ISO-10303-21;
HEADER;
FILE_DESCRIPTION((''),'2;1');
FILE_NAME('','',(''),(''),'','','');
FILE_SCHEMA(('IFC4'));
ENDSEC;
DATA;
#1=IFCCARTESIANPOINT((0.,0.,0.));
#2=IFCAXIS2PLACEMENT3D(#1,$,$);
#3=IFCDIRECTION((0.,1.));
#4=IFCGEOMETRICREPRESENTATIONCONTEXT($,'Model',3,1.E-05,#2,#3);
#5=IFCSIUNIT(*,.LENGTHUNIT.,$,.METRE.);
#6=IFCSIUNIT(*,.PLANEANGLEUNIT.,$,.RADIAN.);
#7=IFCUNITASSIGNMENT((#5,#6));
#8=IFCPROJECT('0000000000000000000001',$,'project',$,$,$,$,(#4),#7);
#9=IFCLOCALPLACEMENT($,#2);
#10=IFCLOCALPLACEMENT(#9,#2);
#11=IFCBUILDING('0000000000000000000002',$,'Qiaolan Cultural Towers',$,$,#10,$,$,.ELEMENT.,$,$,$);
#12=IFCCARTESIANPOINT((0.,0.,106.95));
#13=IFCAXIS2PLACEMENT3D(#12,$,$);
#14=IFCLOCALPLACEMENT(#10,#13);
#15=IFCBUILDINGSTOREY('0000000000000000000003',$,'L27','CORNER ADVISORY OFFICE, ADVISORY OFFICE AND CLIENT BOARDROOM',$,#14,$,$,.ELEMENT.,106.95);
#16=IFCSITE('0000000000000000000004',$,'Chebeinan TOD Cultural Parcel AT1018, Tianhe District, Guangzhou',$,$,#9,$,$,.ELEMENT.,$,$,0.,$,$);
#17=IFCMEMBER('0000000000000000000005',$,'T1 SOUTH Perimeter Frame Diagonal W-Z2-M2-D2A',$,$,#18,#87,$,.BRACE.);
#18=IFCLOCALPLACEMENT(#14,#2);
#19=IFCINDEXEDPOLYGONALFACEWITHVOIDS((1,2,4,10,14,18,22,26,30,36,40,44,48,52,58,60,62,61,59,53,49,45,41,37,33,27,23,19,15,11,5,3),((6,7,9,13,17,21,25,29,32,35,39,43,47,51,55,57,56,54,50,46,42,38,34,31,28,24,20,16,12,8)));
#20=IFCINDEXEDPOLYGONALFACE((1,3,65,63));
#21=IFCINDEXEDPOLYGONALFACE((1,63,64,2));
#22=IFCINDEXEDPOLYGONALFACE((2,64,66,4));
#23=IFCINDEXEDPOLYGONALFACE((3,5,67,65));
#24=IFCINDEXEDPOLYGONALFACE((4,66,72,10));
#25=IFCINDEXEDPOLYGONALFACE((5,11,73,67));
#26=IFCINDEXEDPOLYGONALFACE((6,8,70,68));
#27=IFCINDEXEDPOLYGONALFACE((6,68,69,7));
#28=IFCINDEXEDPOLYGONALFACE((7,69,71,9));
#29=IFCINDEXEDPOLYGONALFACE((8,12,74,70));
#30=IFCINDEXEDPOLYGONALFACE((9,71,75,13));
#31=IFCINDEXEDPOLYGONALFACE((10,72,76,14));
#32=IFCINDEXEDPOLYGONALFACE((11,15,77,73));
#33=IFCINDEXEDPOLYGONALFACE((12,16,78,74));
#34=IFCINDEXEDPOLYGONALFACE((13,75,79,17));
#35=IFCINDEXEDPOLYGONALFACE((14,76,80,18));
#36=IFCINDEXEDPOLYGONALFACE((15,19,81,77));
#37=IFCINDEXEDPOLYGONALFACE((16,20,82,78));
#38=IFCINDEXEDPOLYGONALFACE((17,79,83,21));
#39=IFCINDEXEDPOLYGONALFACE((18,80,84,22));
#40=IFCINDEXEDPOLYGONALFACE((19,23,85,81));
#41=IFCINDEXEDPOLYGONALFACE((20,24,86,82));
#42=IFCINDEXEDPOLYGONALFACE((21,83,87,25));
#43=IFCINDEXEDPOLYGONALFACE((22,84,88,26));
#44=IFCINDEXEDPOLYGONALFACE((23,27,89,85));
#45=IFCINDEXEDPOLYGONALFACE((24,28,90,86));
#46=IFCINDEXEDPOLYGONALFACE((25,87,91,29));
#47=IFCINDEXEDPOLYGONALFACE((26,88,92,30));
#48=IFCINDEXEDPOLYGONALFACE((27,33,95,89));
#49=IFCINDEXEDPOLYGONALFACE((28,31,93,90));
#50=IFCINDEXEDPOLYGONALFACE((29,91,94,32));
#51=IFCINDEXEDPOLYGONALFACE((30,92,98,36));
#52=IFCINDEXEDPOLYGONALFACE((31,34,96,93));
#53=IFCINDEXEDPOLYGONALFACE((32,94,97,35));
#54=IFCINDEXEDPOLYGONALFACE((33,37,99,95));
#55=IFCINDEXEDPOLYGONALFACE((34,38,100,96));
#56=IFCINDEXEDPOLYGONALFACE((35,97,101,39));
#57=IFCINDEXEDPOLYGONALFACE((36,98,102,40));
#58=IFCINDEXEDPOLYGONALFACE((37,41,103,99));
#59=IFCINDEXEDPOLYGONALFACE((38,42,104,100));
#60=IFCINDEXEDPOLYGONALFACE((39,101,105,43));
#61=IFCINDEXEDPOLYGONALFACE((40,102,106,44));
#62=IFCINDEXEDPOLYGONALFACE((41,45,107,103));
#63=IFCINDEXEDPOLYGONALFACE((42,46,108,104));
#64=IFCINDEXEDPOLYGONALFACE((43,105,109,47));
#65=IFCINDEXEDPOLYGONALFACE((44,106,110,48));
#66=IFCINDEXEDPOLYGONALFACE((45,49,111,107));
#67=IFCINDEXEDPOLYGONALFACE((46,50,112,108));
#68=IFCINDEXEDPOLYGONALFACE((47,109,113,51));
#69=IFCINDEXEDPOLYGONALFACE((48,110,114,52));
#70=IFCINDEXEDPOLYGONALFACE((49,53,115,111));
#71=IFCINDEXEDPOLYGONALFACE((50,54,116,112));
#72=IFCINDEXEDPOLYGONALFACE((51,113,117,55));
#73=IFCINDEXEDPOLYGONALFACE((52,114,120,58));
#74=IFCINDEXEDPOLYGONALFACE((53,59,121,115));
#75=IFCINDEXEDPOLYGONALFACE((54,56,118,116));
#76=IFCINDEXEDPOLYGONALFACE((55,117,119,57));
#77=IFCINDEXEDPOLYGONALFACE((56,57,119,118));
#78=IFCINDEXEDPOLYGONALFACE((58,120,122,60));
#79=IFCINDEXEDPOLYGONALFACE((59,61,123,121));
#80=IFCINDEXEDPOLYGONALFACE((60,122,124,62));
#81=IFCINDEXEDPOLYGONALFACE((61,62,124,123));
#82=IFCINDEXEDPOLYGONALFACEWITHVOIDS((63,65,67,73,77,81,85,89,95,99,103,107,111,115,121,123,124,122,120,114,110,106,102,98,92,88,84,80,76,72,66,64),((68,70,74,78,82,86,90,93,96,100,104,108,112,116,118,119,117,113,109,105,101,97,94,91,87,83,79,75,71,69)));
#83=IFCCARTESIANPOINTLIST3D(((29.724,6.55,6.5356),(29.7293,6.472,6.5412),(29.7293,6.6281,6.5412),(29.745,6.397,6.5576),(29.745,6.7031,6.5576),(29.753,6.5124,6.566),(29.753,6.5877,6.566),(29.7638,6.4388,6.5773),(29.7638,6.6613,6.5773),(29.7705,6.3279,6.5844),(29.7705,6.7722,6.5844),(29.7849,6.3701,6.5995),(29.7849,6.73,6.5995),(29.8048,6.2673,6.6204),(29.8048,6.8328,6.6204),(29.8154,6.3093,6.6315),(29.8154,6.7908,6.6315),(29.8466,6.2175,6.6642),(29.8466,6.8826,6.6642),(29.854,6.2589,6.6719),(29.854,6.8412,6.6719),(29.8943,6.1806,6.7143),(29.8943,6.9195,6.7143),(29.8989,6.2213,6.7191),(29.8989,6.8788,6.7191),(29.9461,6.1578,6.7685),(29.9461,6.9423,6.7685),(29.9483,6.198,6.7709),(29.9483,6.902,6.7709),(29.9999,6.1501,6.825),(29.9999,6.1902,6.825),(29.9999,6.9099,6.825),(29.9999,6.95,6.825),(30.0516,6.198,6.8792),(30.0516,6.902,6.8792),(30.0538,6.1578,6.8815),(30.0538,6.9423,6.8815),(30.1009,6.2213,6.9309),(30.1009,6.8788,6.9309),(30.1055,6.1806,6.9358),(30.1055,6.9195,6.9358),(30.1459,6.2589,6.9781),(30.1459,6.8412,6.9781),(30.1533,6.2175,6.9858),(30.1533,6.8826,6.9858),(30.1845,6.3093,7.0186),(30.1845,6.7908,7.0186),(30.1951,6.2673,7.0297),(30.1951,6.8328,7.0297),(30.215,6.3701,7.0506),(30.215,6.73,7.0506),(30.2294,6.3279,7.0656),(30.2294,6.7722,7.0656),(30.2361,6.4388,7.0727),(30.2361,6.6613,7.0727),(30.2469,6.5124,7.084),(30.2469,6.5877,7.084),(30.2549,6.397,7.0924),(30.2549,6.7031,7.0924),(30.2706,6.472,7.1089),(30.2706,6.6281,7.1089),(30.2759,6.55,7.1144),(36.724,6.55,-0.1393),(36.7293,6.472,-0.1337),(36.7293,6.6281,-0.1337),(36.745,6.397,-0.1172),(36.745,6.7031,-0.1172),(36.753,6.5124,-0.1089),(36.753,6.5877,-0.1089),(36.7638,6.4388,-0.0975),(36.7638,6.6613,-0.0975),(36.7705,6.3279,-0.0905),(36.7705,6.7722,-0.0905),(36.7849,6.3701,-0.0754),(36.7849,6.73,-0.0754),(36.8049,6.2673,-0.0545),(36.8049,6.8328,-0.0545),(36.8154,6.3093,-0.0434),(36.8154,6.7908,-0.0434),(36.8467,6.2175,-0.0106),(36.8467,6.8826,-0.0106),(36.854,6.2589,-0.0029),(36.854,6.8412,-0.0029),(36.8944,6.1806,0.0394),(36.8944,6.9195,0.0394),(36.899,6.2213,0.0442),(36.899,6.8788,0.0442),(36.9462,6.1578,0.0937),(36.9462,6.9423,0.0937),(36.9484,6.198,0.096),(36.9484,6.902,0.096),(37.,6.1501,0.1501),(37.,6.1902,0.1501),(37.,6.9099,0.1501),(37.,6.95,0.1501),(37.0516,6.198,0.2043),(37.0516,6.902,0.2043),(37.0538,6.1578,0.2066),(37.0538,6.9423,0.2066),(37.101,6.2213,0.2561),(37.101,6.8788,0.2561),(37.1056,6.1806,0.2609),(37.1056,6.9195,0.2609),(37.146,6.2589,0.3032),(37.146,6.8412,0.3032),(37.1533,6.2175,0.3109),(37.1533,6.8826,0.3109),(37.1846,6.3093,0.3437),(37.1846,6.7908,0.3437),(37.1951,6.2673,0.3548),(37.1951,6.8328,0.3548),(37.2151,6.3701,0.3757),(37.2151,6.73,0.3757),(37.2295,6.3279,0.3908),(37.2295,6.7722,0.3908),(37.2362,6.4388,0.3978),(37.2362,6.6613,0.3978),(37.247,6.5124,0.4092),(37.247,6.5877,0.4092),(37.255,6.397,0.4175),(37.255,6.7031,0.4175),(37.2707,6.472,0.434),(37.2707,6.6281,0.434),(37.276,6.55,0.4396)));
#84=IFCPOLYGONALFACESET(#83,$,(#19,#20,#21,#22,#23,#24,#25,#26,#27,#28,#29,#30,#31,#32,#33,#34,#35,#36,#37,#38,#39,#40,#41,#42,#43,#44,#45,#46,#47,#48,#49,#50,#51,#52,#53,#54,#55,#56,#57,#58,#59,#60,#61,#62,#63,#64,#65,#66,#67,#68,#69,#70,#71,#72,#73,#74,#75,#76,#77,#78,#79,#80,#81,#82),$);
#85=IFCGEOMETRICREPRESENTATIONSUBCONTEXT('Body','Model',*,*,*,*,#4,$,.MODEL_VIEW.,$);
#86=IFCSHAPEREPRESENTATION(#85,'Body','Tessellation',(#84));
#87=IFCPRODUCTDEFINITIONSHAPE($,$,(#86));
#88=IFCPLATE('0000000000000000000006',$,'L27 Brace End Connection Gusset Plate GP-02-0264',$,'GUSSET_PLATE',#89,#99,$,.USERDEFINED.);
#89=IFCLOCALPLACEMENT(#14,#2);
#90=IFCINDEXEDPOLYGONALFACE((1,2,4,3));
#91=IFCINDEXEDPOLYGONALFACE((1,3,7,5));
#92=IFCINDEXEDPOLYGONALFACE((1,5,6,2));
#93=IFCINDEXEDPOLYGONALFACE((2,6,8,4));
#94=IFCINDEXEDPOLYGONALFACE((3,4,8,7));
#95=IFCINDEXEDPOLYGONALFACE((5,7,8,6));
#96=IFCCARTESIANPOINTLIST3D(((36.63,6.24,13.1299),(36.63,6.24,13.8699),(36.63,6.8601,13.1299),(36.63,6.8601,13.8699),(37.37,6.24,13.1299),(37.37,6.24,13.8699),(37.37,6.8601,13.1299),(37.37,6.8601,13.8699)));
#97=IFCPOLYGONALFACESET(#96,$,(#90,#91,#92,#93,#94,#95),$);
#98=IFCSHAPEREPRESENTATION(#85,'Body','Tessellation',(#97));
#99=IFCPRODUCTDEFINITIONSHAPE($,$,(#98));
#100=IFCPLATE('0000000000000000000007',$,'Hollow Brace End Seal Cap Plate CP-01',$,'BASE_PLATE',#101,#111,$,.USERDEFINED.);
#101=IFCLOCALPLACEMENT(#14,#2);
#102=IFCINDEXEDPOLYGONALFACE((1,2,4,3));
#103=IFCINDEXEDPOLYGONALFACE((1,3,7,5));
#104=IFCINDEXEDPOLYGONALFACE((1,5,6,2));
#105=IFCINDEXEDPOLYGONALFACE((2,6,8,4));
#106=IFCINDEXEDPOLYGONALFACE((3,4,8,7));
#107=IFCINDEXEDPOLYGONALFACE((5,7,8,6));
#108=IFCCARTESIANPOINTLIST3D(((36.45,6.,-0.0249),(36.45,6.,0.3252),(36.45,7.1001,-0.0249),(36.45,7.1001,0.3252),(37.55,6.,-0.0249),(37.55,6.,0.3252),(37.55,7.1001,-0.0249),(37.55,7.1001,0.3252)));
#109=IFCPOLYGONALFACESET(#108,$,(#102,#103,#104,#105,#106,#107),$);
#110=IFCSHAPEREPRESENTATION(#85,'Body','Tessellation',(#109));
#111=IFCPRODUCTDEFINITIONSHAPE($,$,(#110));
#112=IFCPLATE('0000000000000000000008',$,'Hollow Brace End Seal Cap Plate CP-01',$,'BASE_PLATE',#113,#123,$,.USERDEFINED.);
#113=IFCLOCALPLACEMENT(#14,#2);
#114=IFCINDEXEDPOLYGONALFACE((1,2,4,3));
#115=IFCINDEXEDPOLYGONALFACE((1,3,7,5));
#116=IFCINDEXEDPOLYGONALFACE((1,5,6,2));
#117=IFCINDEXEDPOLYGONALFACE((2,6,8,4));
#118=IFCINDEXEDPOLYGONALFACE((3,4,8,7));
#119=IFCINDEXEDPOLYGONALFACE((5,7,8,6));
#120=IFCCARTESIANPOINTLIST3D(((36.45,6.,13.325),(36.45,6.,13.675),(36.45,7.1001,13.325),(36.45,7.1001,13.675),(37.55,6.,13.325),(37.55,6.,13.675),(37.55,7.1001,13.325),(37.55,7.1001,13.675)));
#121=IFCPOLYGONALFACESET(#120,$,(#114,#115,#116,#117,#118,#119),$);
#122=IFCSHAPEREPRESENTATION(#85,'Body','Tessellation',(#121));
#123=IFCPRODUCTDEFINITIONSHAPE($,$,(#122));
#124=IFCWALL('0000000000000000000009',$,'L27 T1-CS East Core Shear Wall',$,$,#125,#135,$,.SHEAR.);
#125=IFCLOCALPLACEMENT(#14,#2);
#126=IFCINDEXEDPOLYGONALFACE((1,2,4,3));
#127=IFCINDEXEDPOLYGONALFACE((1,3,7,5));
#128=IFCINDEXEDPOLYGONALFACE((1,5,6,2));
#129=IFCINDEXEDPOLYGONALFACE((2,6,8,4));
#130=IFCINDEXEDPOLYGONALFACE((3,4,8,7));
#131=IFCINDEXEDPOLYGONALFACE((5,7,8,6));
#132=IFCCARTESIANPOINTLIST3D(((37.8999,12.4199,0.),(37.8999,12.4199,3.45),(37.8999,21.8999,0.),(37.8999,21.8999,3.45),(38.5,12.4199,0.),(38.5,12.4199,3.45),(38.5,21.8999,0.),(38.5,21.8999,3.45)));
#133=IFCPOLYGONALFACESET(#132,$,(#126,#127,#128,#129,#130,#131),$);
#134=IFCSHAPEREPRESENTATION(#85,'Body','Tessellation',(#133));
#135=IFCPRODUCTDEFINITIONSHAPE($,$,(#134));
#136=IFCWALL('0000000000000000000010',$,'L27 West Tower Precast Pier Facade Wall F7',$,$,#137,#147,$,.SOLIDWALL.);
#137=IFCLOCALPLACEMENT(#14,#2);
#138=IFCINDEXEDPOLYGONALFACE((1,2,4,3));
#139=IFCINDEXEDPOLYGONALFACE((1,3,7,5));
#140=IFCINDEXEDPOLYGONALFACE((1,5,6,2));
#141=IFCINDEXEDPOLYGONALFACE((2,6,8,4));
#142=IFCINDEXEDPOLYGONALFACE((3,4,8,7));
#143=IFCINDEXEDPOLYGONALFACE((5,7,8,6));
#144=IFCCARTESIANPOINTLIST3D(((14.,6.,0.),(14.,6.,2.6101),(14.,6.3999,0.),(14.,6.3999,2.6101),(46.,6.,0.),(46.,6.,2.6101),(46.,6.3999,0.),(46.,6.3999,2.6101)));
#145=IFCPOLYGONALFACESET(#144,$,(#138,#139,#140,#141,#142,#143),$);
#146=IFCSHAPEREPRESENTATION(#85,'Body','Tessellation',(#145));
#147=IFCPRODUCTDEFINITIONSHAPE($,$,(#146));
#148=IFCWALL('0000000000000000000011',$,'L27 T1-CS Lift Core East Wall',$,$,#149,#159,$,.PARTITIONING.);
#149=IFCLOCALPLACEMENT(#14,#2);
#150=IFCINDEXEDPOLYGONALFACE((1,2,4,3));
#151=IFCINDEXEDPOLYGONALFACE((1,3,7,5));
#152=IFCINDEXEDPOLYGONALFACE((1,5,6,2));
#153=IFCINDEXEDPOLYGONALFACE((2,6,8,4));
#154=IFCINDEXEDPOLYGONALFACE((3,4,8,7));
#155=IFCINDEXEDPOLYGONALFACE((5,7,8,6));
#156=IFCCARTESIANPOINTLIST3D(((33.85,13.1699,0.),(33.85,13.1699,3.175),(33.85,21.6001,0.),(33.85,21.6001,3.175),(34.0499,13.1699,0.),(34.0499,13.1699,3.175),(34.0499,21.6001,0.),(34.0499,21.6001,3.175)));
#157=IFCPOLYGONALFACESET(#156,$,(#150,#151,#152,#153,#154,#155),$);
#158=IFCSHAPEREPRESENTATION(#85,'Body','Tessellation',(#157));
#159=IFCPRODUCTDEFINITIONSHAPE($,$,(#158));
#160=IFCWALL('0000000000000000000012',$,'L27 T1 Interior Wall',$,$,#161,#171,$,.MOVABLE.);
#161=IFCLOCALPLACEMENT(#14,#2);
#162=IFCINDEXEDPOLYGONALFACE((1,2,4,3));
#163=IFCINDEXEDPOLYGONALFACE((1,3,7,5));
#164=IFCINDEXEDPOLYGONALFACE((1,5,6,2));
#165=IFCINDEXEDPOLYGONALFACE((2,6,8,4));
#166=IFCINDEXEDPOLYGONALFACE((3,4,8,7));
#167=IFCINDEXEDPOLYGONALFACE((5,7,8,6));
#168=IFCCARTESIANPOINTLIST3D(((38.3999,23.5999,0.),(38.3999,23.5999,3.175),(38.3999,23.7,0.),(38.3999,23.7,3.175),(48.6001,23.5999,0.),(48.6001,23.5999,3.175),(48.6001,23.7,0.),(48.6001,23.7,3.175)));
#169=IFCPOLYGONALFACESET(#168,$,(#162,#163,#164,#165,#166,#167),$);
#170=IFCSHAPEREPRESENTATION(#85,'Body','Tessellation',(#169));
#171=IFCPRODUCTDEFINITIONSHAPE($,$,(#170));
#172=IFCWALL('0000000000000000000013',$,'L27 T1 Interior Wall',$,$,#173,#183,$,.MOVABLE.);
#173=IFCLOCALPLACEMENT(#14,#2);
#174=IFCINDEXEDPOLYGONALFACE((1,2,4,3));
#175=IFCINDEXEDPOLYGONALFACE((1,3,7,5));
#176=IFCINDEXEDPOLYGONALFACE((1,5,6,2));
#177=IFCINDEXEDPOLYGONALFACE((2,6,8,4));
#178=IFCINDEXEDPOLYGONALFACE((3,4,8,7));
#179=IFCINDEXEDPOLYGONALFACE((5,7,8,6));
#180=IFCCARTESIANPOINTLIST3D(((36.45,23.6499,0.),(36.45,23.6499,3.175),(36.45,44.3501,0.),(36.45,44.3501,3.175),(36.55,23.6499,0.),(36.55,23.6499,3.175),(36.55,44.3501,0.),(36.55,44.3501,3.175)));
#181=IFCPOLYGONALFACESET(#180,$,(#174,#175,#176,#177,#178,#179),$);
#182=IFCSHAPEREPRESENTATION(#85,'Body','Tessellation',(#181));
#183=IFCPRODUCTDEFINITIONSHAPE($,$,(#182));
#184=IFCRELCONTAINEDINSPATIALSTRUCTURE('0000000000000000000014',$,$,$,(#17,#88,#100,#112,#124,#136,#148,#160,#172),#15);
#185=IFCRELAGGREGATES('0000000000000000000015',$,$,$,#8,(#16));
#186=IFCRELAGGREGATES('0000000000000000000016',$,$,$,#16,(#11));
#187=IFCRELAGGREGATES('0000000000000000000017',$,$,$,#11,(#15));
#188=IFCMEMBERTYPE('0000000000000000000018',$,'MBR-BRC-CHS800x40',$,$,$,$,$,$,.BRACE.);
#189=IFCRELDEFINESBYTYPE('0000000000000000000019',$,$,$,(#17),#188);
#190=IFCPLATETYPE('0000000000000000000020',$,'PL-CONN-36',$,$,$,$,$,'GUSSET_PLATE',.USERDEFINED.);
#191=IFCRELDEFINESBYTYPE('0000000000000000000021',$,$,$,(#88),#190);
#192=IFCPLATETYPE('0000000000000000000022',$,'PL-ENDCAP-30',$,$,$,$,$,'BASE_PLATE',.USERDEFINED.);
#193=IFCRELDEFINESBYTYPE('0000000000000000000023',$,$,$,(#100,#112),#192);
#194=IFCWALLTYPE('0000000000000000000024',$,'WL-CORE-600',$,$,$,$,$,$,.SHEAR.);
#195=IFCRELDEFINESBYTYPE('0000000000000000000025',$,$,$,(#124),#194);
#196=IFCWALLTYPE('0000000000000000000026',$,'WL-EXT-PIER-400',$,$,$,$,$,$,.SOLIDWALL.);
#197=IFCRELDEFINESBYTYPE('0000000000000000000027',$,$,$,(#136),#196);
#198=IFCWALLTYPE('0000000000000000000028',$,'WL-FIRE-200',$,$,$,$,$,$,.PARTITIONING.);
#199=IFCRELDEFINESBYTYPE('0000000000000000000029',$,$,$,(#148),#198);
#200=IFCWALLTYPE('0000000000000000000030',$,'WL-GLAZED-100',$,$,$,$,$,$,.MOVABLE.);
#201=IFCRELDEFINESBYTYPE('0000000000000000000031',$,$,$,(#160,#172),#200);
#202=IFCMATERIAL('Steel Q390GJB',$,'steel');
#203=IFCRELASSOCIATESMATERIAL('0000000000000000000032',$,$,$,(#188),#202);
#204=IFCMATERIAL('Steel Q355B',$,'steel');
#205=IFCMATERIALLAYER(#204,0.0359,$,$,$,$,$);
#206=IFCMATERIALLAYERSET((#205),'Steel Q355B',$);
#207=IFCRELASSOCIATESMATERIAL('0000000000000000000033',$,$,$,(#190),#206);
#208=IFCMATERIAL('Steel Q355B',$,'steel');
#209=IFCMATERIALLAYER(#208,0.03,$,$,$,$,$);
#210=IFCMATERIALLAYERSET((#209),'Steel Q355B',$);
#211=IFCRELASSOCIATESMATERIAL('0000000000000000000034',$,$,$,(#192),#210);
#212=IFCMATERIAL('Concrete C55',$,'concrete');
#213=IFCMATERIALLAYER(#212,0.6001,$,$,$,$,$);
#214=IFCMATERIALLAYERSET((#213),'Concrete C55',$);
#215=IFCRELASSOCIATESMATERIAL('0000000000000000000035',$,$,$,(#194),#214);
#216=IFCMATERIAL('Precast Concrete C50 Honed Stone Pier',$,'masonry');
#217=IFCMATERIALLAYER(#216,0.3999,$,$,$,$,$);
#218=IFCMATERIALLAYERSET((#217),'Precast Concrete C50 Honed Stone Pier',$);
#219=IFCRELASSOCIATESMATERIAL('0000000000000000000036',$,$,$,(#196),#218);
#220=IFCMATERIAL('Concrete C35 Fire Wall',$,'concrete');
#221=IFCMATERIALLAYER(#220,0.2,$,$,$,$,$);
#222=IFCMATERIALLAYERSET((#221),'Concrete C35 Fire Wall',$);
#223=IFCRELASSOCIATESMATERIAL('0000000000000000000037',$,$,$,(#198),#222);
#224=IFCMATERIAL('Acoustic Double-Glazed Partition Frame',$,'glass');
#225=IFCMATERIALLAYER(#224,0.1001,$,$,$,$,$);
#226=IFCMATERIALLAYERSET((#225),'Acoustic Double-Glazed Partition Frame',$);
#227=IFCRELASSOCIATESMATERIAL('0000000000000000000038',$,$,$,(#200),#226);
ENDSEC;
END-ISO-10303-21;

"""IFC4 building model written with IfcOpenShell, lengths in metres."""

from ifc_helpers import new_model, si_unit, direction, frame, frame_2d, origin, origin_2d, place, context, subcontext, project, spatial, rectangle, hollow_circle, extrude, material, layer, layer_set, material_profile, profile_set, type_object, element, save


model = new_model("IFC4")

# Units and contexts
model_context = context("Model", 3, precision=1e-05, world=origin(), true_north=direction((0.0, 1.0)))
body_context = subcontext(model_context, "Body", "Model", "MODEL_VIEW")
ifc_project = project(units=[si_unit("LENGTHUNIT", "METRE"), si_unit("PLANEANGLEUNIT", "RADIAN")], contexts=[model_context])

# Site, building, storey
site_placement = place(None, origin())
site = spatial("IfcSite", under=ifc_project, at=site_placement, Name="Chebeinan TOD Cultural Parcel AT1018, Tianhe District, Guangzhou", CompositionType="ELEMENT", RefElevation=0.0)
building_placement = place(site_placement, origin())
building = spatial("IfcBuilding", under=site, at=building_placement, Name="Qiaolan Cultural Towers", CompositionType="ELEMENT")
storey_placement = place(building_placement, frame((0.0, 0.0, 106.95)))
storey = spatial("IfcBuildingStorey", under=building, at=storey_placement, Name="L27", Description="CORNER ADVISORY OFFICE, ADVISORY OFFICE AND CLIENT BOARDROOM", CompositionType="ELEMENT", Elevation=106.95)

# Member
ifc_material_1 = material(Name="Steel Q390GJB", Category="steel")
ifc_material_profile_1 = material_profile(ifc_material_1, hollow_circle(Radius=0.3999, WallThickness=0.04, at=origin_2d()), Name="CHS800x40")
ifc_profile_set_1 = profile_set([ifc_material_profile_1], Name="Steel Q390GJB")
member_type = type_object("IfcMemberType", Name="MBR-BRC-CHS800x40", PredefinedType="BRACE", material=ifc_profile_set_1)
member_placement = place(storey_placement, frame((37.0, 6.55, 0.1501), z_axis=(-0.723718, 0.0, 0.690096), x_axis=(0.0, -1.0, 0.0)))
element("IfcMember", 1, at=member_placement, inside=storey, type_object=member_type, Name="T1 SOUTH Perimeter Frame Diagonal W-Z2-M2-D2A", PredefinedType="BRACE", context=body_context, shape_type="SweptSolid", body=[
    extrude(hollow_circle(Radius=0.3999, WallThickness=0.04, at=origin_2d()), origin(), (0.0, 0.0, 1.0), 9.6724),
])

# Plates
ifc_material_2 = material(Name="Steel Q355B", Category="steel")
ifc_layer_1 = layer(ifc_material_2, 0.0359)
ifc_layer_set_1 = layer_set([ifc_layer_1], Name="Steel Q355B")
plate_type_1 = type_object("IfcPlateType", Name="PL-CONN-36", ElementType="GUSSET_PLATE", PredefinedType="USERDEFINED", material=ifc_layer_set_1)
plate_placement = place(storey_placement, frame((37.0, 6.55, 13.1299), z_axis=(0.0, 0.0, 1.0), x_axis=(1.0, 0.0, 0.0)))
element("IfcPlate", 2, at=plate_placement, inside=storey, type_object=plate_type_1, Name="L27 Brace End Connection Gusset Plate GP-02-0264", ObjectType="GUSSET_PLATE", PredefinedType="USERDEFINED", context=body_context, shape_type="SweptSolid", body=[
    extrude(rectangle(XDim=0.74, YDim=0.6201, at=origin_2d()), origin(), (0.0, 0.0, 1.0), 0.74),
])
ifc_material_3 = material(Name="Steel Q355B", Category="steel")
ifc_layer_2 = layer(ifc_material_3, 0.03)
ifc_layer_set_2 = layer_set([ifc_layer_2], Name="Steel Q355B")
plate_type_2 = type_object("IfcPlateType", Name="PL-ENDCAP-30", ElementType="BASE_PLATE", PredefinedType="USERDEFINED", material=ifc_layer_set_2)
for number, where, z_axis, x_axis, name in (
    (3, (37.0, 6.55, -0.0249), (0.0, 0.0, 1.0), (1.0, 0.0, 0.0), "Hollow Brace End Seal Cap Plate CP-01"),
    (4, (37.0, 6.55, 13.325), (0.0, 0.0, 1.0), (1.0, 0.0, 0.0), "Hollow Brace End Seal Cap Plate CP-01"),
):
    element("IfcPlate", number, at=place(storey_placement, frame(where, z_axis=z_axis, x_axis=x_axis)), inside=storey, type_object=plate_type_2, Name=name, ObjectType="BASE_PLATE", PredefinedType="USERDEFINED", context=body_context, shape_type="SweptSolid", body=[
        extrude(rectangle(XDim=1.1001, YDim=1.1001, at=origin_2d()), origin(), (0.0, 0.0, 1.0), 0.3501),
    ])

# Walls
ifc_material_4 = material(Name="Concrete C55", Category="concrete")
ifc_layer_3 = layer(ifc_material_4, 0.6001)
ifc_layer_set_3 = layer_set([ifc_layer_3], Name="Concrete C55")
wall_type_1 = type_object("IfcWallType", Name="WL-CORE-600", PredefinedType="SHEAR", material=ifc_layer_set_3)
wall_1_placement = place(storey_placement, frame((38.2, 21.8999, 0.0), z_axis=(0.0, 0.0, 1.0), x_axis=(0.0, -1.0, 0.0)))
element("IfcWall", 5, at=wall_1_placement, inside=storey, type_object=wall_type_1, Name="L27 T1-CS East Core Shear Wall", PredefinedType="SHEAR", context=body_context, shape_type="SweptSolid", body=[
    extrude(rectangle(XDim=9.48, YDim=0.6001, at=frame_2d((4.74, 0.0))), origin(), (0.0, 0.0, 1.0), 3.45),
])
ifc_material_5 = material(Name="Precast Concrete C50 Honed Stone Pier", Category="masonry")
ifc_layer_4 = layer(ifc_material_5, 0.3999)
ifc_layer_set_4 = layer_set([ifc_layer_4], Name="Precast Concrete C50 Honed Stone Pier")
wall_type_2 = type_object("IfcWallType", Name="WL-EXT-PIER-400", PredefinedType="SOLIDWALL", material=ifc_layer_set_4)
wall_2_placement = place(storey_placement, frame((46.0, 6.2, 0.0), z_axis=(0.0, 0.0, 1.0), x_axis=(-1.0, 0.0, 0.0)))
element("IfcWall", 6, at=wall_2_placement, inside=storey, type_object=wall_type_2, Name="L27 West Tower Precast Pier Facade Wall F7", PredefinedType="SOLIDWALL", context=body_context, shape_type="SweptSolid", body=[
    extrude(rectangle(XDim=32.0, YDim=0.3999, at=frame_2d((16.0, 0.0))), origin(), (0.0, 0.0, 1.0), 2.6101),
])
ifc_material_6 = material(Name="Concrete C35 Fire Wall", Category="concrete")
ifc_layer_5 = layer(ifc_material_6, 0.2)
ifc_layer_set_5 = layer_set([ifc_layer_5], Name="Concrete C35 Fire Wall")
wall_type_3 = type_object("IfcWallType", Name="WL-FIRE-200", PredefinedType="PARTITIONING", material=ifc_layer_set_5)
wall_3_placement = place(storey_placement, frame((33.95, 21.6001, 0.0), z_axis=(0.0, 0.0, 1.0), x_axis=(0.0, -1.0, 0.0)))
element("IfcWall", 7, at=wall_3_placement, inside=storey, type_object=wall_type_3, Name="L27 T1-CS Lift Core East Wall", PredefinedType="PARTITIONING", context=body_context, shape_type="SweptSolid", body=[
    extrude(rectangle(XDim=8.4302, YDim=0.2, at=frame_2d((4.2151, 0.0))), origin(), (0.0, 0.0, 1.0), 3.175),
])
ifc_material_7 = material(Name="Acoustic Double-Glazed Partition Frame", Category="glass")
ifc_layer_6 = layer(ifc_material_7, 0.1001)
ifc_layer_set_6 = layer_set([ifc_layer_6], Name="Acoustic Double-Glazed Partition Frame")
wall_type_4 = type_object("IfcWallType", Name="WL-GLAZED-100", PredefinedType="MOVABLE", material=ifc_layer_set_6)
wall_4_placement = place(storey_placement, frame((38.3999, 23.6499, 0.0), z_axis=(0.0, 0.0, 1.0), x_axis=(1.0, 0.0, 0.0)))
element("IfcWall", 8, at=wall_4_placement, inside=storey, type_object=wall_type_4, Name="L27 T1 Interior Wall", PredefinedType="MOVABLE", context=body_context, shape_type="SweptSolid", body=[
    extrude(rectangle(XDim=10.2002, YDim=0.1001, at=frame_2d((5.1001, 0.0))), origin(), (0.0, 0.0, 1.0), 3.175),
])
wall_5_placement = place(storey_placement, frame((36.5, 23.6499, 0.0), z_axis=(0.0, 0.0, 1.0), x_axis=(0.0, 1.0, 0.0)))
element("IfcWall", 9, at=wall_5_placement, inside=storey, type_object=wall_type_4, Name="L27 T1 Interior Wall", PredefinedType="MOVABLE", context=body_context, shape_type="SweptSolid", body=[
    extrude(rectangle(XDim=20.7002, YDim=0.1001, at=frame_2d((10.3501, 0.0))), origin(), (0.0, 0.0, 1.0), 3.175),
])

save(model, "model.ifc")
